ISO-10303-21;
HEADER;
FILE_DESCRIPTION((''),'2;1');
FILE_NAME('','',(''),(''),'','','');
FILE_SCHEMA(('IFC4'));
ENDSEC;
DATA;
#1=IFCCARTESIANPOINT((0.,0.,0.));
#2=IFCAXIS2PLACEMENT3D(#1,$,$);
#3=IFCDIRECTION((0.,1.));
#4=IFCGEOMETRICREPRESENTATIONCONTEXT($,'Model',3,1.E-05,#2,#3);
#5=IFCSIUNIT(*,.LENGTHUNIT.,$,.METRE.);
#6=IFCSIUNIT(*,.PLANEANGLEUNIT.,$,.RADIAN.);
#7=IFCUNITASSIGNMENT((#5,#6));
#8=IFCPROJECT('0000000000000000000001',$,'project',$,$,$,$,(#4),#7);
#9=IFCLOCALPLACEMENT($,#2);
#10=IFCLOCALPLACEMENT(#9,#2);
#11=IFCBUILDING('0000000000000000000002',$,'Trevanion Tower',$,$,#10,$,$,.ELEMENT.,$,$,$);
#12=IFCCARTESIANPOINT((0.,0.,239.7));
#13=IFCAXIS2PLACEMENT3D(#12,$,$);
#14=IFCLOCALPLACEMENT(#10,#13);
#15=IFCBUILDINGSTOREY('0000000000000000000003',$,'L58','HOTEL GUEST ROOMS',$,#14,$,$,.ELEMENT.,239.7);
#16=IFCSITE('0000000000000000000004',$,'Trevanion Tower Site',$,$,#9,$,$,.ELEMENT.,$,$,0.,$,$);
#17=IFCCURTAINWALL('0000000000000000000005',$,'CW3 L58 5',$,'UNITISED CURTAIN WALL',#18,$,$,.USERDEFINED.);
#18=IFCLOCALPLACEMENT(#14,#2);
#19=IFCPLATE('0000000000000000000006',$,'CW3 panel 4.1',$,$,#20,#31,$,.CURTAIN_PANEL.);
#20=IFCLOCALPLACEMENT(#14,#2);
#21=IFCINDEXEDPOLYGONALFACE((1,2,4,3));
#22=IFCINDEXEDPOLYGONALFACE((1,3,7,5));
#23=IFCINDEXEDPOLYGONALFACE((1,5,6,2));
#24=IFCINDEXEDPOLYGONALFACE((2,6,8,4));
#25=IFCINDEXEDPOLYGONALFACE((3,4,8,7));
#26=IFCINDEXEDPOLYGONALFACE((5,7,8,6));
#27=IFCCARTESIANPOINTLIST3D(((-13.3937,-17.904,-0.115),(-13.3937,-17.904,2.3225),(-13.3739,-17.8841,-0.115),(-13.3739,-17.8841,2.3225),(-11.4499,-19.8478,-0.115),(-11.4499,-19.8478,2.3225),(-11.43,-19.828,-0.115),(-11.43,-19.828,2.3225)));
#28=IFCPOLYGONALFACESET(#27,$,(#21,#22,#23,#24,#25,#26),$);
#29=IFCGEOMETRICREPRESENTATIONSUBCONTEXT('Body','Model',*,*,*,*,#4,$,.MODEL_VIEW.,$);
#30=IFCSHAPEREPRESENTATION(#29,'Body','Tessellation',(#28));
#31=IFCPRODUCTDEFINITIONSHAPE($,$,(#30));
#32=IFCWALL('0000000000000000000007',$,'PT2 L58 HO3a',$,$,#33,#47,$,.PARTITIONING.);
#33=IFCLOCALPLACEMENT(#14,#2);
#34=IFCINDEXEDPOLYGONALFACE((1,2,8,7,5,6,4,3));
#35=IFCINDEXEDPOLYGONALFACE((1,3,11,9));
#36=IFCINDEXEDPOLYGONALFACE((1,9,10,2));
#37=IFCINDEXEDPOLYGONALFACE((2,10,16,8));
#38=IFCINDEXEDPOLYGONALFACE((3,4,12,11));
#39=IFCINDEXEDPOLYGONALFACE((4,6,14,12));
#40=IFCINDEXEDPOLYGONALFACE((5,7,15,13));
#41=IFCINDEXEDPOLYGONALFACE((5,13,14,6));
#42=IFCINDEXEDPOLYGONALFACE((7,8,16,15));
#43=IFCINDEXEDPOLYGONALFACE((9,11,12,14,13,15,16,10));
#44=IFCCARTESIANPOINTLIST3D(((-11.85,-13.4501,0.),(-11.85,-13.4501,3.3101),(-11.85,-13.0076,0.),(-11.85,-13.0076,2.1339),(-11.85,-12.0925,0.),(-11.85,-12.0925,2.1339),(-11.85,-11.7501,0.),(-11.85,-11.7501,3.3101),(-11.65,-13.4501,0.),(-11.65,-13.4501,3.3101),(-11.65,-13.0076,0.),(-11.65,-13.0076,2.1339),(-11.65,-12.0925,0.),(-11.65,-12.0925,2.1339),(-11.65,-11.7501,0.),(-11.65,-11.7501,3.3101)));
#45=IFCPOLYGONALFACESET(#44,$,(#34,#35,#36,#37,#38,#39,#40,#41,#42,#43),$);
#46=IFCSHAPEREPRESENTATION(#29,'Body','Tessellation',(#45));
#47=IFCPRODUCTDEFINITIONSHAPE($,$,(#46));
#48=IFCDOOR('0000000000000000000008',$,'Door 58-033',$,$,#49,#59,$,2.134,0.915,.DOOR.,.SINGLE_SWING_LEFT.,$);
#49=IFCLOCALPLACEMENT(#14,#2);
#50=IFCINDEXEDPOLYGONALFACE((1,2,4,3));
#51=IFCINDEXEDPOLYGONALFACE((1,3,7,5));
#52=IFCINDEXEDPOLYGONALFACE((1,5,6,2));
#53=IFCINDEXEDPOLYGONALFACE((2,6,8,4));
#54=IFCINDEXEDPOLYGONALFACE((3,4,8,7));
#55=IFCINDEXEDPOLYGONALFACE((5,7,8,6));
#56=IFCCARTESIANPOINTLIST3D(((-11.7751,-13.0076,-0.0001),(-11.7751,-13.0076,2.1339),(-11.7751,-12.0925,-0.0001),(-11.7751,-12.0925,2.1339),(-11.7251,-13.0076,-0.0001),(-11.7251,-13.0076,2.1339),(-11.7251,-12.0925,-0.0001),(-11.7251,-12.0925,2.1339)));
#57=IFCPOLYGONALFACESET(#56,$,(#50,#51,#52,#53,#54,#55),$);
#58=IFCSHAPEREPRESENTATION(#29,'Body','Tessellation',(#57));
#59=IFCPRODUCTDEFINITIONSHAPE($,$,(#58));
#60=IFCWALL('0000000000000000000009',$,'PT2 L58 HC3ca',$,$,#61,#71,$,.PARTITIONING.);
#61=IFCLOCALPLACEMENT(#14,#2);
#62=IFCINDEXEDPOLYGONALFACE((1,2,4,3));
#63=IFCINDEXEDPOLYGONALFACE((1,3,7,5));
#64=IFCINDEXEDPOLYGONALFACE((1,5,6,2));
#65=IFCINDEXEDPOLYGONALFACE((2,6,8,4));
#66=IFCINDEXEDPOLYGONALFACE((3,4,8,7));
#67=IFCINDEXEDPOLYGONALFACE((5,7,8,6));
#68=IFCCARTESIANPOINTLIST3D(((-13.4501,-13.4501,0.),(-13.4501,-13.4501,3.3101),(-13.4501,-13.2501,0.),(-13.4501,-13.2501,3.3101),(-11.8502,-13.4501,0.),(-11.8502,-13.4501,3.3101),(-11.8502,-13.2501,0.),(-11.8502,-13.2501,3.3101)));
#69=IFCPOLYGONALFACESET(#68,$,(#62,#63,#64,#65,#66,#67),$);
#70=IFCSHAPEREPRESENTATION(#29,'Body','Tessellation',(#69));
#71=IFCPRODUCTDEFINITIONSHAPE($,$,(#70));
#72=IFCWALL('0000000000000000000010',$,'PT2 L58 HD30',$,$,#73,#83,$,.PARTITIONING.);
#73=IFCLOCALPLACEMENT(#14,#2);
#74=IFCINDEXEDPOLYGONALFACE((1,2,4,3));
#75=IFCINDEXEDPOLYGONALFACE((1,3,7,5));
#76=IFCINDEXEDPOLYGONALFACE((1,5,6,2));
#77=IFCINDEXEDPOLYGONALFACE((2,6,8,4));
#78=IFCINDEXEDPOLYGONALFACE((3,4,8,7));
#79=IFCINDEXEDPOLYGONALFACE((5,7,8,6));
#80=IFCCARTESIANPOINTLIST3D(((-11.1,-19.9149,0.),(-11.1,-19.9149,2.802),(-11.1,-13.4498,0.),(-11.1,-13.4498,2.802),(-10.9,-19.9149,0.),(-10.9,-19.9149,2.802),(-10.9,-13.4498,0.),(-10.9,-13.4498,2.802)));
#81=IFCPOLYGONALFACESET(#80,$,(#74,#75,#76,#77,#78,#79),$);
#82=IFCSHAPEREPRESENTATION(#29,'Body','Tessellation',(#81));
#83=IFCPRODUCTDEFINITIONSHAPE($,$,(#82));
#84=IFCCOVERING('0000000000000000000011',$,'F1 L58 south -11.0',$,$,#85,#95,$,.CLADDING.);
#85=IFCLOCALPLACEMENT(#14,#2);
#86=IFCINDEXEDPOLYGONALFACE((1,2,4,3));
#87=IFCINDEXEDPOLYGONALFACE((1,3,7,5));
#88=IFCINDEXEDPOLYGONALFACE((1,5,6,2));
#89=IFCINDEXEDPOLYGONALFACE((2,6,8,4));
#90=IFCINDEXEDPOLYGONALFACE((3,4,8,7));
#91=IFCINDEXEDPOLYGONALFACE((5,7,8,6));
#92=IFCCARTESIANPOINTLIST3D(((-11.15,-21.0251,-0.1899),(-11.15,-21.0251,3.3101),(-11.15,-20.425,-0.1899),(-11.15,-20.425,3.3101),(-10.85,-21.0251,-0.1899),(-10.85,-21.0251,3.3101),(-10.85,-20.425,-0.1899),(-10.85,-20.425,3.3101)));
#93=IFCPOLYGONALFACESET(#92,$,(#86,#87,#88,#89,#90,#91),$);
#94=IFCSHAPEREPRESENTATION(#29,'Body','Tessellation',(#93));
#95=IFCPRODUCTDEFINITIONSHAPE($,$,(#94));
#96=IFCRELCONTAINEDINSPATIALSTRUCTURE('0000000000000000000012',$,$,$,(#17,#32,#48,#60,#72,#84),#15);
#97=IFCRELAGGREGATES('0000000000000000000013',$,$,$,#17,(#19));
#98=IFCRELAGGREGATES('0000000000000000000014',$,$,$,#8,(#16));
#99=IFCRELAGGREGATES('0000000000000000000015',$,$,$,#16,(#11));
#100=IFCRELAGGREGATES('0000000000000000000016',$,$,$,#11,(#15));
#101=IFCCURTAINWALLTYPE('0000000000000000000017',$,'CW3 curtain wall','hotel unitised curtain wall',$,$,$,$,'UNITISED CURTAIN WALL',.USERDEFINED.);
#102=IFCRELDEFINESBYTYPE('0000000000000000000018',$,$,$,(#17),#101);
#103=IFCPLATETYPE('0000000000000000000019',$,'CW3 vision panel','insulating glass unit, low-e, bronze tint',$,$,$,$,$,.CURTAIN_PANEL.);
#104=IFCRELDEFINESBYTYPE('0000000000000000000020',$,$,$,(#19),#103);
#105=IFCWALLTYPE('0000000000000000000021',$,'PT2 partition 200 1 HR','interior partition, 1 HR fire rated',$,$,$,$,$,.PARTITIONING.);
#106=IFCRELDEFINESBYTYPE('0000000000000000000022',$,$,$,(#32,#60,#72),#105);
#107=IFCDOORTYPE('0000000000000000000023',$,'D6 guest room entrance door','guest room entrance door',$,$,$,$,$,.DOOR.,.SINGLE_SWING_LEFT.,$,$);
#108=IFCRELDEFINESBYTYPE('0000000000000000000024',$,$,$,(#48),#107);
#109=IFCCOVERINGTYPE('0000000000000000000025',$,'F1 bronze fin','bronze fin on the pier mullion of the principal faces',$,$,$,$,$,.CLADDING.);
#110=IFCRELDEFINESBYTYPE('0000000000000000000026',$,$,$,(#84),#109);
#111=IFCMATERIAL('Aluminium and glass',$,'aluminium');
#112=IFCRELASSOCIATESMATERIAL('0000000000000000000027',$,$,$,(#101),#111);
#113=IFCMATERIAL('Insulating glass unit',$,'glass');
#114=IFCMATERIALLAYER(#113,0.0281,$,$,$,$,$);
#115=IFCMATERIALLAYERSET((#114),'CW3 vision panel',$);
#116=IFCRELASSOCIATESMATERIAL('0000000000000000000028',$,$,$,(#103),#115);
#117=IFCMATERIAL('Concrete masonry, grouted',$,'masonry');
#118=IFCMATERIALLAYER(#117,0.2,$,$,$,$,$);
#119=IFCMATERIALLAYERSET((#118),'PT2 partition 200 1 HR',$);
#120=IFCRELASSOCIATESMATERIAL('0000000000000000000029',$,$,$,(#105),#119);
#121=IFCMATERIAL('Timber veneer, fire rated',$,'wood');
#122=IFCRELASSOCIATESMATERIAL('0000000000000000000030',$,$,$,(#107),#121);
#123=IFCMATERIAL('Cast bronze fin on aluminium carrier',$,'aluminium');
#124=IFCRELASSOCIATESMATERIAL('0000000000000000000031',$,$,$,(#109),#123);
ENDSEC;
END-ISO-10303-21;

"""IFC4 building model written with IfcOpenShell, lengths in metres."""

from ifc_helpers import new_model, si_unit, direction, frame, frame_2d, origin, origin_2d, place, context, subcontext, project, spatial, rectangle, extrude, material, layer, layer_set, type_object, element, fill, aggregate, save


model = new_model("IFC4")

# Units and contexts
model_context = context("Model", 3, precision=1e-05, world=origin(), true_north=direction((0.0, 1.0)))
body_context = subcontext(model_context, "Body", "Model", "MODEL_VIEW")
ifc_project = project(units=[si_unit("LENGTHUNIT", "METRE"), si_unit("PLANEANGLEUNIT", "RADIAN")], contexts=[model_context])

# Site, building, storey
site_placement = place(None, origin())
site = spatial("IfcSite", under=ifc_project, at=site_placement, Name="Trevanion Tower Site", CompositionType="ELEMENT", RefElevation=0.0)
building_placement = place(site_placement, origin())
building = spatial("IfcBuilding", under=site, at=building_placement, Name="Trevanion Tower", CompositionType="ELEMENT")
storey_placement = place(building_placement, frame((0.0, 0.0, 239.7)))
storey = spatial("IfcBuildingStorey", under=building, at=storey_placement, Name="L58", Description="HOTEL GUEST ROOMS", CompositionType="ELEMENT", Elevation=239.7)

# Curtain wall
ifc_material_1 = material(Name="Aluminium and glass", Category="aluminium")
curtain_wall_type = type_object("IfcCurtainWallType", Name="CW3 curtain wall", Description="hotel unitised curtain wall", ElementType="UNITISED CURTAIN WALL", PredefinedType="USERDEFINED", material=ifc_material_1)
curtain_wall_placement = place(storey_placement, origin())
curtain_wall = element("IfcCurtainWall", 1, at=curtain_wall_placement, inside=storey, type_object=curtain_wall_type, Name="CW3 L58 5", ObjectType="UNITISED CURTAIN WALL", PredefinedType="USERDEFINED")

# Plate
ifc_material_2 = material(Name="Insulating glass unit", Category="glass")
ifc_layer_1 = layer(ifc_material_2, 0.0281)
ifc_layer_set_1 = layer_set([ifc_layer_1], Name="CW3 vision panel")
plate_type_1 = type_object("IfcPlateType", Name="CW3 vision panel", Description="insulating glass unit, low-e, bronze tint", PredefinedType="CURTAIN_PANEL", material=ifc_layer_set_1)
plate_1_placement = place(storey_placement, frame((-12.4119, -18.866, -0.115), z_axis=(0.0, 0.0, 1.0), x_axis=(0.707107, -0.707107, 0.0)))
plate_1 = element("IfcPlate", 2, at=plate_1_placement, type_object=plate_type_1, Name="CW3 panel 4.1", PredefinedType="CURTAIN_PANEL", context=body_context, shape_type="SweptSolid", body=[
    extrude(rectangle(XDim=2.749, YDim=0.0281, at=origin_2d()), origin(), (0.0, 0.0, 1.0), 2.4375),
])
aggregate(curtain_wall, [plate_1])

# Wall, opening, door
ifc_material_3 = material(Name="Concrete masonry, grouted", Category="masonry")
ifc_layer_2 = layer(ifc_material_3, 0.2)
ifc_layer_set_2 = layer_set([ifc_layer_2], Name="PT2 partition 200 1 HR")
wall_type = type_object("IfcWallType", Name="PT2 partition 200 1 HR", Description="interior partition, 1 HR fire rated", PredefinedType="PARTITIONING", material=ifc_layer_set_2)
wall_1_placement = place(storey_placement, frame((-11.75, -11.75, 0.0), z_axis=(0.0, 0.0, 1.0), x_axis=(0.0, -1.0, 0.0)))
wall_1 = element("IfcWall", 3, at=wall_1_placement, inside=storey, type_object=wall_type, Name="PT2 L58 HO3a", PredefinedType="PARTITIONING", context=body_context, shape_type="SweptSolid", body=[
    extrude(rectangle(XDim=1.7, YDim=0.2, at=frame_2d((0.8501, 0.0))), origin(), (0.0, 0.0, 1.0), 3.3101),
])
opening_placement = place(wall_1_placement, frame((0.3425, 0.0, 0.0)))
opening = element("IfcOpeningElement", 4, at=opening_placement, cuts=wall_1, PredefinedType="OPENING", context=body_context, shape_type="SweptSolid", body=[
    extrude(rectangle(XDim=0.915, YDim=2.134, at=frame_2d((0.4575, 1.0669))), frame((0.0, 0.1099, 0.0), z_axis=(0.0, -1.0, 0.0), x_axis=(1.0, 0.0, 0.0)), (0.0, 0.0, 1.0), 0.22),
])
ifc_material_4 = material(Name="Timber veneer, fire rated", Category="wood")
door_type = type_object("IfcDoorType", Name="D6 guest room entrance door", Description="guest room entrance door", OperationType="SINGLE_SWING_LEFT", PredefinedType="DOOR", material=ifc_material_4)
door_placement = place(opening_placement, origin())
door = element("IfcDoor", 5, at=door_placement, inside=storey, type_object=door_type, Name="Door 58-033", OperationType="SINGLE_SWING_LEFT", OverallHeight=2.134, OverallWidth=0.915, PredefinedType="DOOR", context=body_context, shape_type="SweptSolid", body=[
    extrude(rectangle(XDim=0.915, YDim=2.134, at=frame_2d((0.4575, 1.0669))), frame((0.0, 0.0249, 0.0), z_axis=(0.0, -1.0, 0.0), x_axis=(1.0, 0.0, 0.0)), (0.0, 0.0, 1.0), 0.05),
])
fill(opening, door)

# Walls
wall_2_placement = place(storey_placement, frame((-13.45, -13.3501, 0.0), z_axis=(0.0, 0.0, 1.0), x_axis=(1.0, 0.0, 0.0)))
element("IfcWall", 6, at=wall_2_placement, inside=storey, type_object=wall_type, Name="PT2 L58 HC3ca", PredefinedType="PARTITIONING", context=body_context, shape_type="SweptSolid", body=[
    extrude(rectangle(XDim=1.5999, YDim=0.2, at=frame_2d((0.7998, 0.0))), origin(), (0.0, 0.0, 1.0), 3.3101),
])
wall_3_placement = place(storey_placement, frame((-11.0, -13.45, 0.0), z_axis=(0.0, 0.0, 1.0), x_axis=(0.0, -1.0, 0.0)))
element("IfcWall", 7, at=wall_3_placement, inside=storey, type_object=wall_type, Name="PT2 L58 HD30", PredefinedType="PARTITIONING", context=body_context, shape_type="SweptSolid", body=[
    extrude(rectangle(XDim=6.4651, YDim=0.2, at=frame_2d((3.2324, 0.0))), origin(), (0.0, 0.0, 1.0), 2.802),
])

# Covering
ifc_material_5 = material(Name="Cast bronze fin on aluminium carrier", Category="aluminium")
covering_type = type_object("IfcCoveringType", Name="F1 bronze fin", Description="bronze fin on the pier mullion of the principal faces", PredefinedType="CLADDING", material=ifc_material_5)
covering_placement = place(storey_placement, frame((-11.0, -20.7251, -0.1899), z_axis=(0.0, 0.0, 1.0), x_axis=(1.0, 0.0, 0.0)))
element("IfcCovering", 8, at=covering_placement, inside=storey, type_object=covering_type, Name="F1 L58 south -11.0", PredefinedType="CLADDING", context=body_context, shape_type="SweptSolid", body=[
    extrude(rectangle(XDim=0.3, YDim=0.6001, at=origin_2d()), origin(), (0.0, 0.0, 1.0), 3.5),
])

save(model, "model.ifc")
